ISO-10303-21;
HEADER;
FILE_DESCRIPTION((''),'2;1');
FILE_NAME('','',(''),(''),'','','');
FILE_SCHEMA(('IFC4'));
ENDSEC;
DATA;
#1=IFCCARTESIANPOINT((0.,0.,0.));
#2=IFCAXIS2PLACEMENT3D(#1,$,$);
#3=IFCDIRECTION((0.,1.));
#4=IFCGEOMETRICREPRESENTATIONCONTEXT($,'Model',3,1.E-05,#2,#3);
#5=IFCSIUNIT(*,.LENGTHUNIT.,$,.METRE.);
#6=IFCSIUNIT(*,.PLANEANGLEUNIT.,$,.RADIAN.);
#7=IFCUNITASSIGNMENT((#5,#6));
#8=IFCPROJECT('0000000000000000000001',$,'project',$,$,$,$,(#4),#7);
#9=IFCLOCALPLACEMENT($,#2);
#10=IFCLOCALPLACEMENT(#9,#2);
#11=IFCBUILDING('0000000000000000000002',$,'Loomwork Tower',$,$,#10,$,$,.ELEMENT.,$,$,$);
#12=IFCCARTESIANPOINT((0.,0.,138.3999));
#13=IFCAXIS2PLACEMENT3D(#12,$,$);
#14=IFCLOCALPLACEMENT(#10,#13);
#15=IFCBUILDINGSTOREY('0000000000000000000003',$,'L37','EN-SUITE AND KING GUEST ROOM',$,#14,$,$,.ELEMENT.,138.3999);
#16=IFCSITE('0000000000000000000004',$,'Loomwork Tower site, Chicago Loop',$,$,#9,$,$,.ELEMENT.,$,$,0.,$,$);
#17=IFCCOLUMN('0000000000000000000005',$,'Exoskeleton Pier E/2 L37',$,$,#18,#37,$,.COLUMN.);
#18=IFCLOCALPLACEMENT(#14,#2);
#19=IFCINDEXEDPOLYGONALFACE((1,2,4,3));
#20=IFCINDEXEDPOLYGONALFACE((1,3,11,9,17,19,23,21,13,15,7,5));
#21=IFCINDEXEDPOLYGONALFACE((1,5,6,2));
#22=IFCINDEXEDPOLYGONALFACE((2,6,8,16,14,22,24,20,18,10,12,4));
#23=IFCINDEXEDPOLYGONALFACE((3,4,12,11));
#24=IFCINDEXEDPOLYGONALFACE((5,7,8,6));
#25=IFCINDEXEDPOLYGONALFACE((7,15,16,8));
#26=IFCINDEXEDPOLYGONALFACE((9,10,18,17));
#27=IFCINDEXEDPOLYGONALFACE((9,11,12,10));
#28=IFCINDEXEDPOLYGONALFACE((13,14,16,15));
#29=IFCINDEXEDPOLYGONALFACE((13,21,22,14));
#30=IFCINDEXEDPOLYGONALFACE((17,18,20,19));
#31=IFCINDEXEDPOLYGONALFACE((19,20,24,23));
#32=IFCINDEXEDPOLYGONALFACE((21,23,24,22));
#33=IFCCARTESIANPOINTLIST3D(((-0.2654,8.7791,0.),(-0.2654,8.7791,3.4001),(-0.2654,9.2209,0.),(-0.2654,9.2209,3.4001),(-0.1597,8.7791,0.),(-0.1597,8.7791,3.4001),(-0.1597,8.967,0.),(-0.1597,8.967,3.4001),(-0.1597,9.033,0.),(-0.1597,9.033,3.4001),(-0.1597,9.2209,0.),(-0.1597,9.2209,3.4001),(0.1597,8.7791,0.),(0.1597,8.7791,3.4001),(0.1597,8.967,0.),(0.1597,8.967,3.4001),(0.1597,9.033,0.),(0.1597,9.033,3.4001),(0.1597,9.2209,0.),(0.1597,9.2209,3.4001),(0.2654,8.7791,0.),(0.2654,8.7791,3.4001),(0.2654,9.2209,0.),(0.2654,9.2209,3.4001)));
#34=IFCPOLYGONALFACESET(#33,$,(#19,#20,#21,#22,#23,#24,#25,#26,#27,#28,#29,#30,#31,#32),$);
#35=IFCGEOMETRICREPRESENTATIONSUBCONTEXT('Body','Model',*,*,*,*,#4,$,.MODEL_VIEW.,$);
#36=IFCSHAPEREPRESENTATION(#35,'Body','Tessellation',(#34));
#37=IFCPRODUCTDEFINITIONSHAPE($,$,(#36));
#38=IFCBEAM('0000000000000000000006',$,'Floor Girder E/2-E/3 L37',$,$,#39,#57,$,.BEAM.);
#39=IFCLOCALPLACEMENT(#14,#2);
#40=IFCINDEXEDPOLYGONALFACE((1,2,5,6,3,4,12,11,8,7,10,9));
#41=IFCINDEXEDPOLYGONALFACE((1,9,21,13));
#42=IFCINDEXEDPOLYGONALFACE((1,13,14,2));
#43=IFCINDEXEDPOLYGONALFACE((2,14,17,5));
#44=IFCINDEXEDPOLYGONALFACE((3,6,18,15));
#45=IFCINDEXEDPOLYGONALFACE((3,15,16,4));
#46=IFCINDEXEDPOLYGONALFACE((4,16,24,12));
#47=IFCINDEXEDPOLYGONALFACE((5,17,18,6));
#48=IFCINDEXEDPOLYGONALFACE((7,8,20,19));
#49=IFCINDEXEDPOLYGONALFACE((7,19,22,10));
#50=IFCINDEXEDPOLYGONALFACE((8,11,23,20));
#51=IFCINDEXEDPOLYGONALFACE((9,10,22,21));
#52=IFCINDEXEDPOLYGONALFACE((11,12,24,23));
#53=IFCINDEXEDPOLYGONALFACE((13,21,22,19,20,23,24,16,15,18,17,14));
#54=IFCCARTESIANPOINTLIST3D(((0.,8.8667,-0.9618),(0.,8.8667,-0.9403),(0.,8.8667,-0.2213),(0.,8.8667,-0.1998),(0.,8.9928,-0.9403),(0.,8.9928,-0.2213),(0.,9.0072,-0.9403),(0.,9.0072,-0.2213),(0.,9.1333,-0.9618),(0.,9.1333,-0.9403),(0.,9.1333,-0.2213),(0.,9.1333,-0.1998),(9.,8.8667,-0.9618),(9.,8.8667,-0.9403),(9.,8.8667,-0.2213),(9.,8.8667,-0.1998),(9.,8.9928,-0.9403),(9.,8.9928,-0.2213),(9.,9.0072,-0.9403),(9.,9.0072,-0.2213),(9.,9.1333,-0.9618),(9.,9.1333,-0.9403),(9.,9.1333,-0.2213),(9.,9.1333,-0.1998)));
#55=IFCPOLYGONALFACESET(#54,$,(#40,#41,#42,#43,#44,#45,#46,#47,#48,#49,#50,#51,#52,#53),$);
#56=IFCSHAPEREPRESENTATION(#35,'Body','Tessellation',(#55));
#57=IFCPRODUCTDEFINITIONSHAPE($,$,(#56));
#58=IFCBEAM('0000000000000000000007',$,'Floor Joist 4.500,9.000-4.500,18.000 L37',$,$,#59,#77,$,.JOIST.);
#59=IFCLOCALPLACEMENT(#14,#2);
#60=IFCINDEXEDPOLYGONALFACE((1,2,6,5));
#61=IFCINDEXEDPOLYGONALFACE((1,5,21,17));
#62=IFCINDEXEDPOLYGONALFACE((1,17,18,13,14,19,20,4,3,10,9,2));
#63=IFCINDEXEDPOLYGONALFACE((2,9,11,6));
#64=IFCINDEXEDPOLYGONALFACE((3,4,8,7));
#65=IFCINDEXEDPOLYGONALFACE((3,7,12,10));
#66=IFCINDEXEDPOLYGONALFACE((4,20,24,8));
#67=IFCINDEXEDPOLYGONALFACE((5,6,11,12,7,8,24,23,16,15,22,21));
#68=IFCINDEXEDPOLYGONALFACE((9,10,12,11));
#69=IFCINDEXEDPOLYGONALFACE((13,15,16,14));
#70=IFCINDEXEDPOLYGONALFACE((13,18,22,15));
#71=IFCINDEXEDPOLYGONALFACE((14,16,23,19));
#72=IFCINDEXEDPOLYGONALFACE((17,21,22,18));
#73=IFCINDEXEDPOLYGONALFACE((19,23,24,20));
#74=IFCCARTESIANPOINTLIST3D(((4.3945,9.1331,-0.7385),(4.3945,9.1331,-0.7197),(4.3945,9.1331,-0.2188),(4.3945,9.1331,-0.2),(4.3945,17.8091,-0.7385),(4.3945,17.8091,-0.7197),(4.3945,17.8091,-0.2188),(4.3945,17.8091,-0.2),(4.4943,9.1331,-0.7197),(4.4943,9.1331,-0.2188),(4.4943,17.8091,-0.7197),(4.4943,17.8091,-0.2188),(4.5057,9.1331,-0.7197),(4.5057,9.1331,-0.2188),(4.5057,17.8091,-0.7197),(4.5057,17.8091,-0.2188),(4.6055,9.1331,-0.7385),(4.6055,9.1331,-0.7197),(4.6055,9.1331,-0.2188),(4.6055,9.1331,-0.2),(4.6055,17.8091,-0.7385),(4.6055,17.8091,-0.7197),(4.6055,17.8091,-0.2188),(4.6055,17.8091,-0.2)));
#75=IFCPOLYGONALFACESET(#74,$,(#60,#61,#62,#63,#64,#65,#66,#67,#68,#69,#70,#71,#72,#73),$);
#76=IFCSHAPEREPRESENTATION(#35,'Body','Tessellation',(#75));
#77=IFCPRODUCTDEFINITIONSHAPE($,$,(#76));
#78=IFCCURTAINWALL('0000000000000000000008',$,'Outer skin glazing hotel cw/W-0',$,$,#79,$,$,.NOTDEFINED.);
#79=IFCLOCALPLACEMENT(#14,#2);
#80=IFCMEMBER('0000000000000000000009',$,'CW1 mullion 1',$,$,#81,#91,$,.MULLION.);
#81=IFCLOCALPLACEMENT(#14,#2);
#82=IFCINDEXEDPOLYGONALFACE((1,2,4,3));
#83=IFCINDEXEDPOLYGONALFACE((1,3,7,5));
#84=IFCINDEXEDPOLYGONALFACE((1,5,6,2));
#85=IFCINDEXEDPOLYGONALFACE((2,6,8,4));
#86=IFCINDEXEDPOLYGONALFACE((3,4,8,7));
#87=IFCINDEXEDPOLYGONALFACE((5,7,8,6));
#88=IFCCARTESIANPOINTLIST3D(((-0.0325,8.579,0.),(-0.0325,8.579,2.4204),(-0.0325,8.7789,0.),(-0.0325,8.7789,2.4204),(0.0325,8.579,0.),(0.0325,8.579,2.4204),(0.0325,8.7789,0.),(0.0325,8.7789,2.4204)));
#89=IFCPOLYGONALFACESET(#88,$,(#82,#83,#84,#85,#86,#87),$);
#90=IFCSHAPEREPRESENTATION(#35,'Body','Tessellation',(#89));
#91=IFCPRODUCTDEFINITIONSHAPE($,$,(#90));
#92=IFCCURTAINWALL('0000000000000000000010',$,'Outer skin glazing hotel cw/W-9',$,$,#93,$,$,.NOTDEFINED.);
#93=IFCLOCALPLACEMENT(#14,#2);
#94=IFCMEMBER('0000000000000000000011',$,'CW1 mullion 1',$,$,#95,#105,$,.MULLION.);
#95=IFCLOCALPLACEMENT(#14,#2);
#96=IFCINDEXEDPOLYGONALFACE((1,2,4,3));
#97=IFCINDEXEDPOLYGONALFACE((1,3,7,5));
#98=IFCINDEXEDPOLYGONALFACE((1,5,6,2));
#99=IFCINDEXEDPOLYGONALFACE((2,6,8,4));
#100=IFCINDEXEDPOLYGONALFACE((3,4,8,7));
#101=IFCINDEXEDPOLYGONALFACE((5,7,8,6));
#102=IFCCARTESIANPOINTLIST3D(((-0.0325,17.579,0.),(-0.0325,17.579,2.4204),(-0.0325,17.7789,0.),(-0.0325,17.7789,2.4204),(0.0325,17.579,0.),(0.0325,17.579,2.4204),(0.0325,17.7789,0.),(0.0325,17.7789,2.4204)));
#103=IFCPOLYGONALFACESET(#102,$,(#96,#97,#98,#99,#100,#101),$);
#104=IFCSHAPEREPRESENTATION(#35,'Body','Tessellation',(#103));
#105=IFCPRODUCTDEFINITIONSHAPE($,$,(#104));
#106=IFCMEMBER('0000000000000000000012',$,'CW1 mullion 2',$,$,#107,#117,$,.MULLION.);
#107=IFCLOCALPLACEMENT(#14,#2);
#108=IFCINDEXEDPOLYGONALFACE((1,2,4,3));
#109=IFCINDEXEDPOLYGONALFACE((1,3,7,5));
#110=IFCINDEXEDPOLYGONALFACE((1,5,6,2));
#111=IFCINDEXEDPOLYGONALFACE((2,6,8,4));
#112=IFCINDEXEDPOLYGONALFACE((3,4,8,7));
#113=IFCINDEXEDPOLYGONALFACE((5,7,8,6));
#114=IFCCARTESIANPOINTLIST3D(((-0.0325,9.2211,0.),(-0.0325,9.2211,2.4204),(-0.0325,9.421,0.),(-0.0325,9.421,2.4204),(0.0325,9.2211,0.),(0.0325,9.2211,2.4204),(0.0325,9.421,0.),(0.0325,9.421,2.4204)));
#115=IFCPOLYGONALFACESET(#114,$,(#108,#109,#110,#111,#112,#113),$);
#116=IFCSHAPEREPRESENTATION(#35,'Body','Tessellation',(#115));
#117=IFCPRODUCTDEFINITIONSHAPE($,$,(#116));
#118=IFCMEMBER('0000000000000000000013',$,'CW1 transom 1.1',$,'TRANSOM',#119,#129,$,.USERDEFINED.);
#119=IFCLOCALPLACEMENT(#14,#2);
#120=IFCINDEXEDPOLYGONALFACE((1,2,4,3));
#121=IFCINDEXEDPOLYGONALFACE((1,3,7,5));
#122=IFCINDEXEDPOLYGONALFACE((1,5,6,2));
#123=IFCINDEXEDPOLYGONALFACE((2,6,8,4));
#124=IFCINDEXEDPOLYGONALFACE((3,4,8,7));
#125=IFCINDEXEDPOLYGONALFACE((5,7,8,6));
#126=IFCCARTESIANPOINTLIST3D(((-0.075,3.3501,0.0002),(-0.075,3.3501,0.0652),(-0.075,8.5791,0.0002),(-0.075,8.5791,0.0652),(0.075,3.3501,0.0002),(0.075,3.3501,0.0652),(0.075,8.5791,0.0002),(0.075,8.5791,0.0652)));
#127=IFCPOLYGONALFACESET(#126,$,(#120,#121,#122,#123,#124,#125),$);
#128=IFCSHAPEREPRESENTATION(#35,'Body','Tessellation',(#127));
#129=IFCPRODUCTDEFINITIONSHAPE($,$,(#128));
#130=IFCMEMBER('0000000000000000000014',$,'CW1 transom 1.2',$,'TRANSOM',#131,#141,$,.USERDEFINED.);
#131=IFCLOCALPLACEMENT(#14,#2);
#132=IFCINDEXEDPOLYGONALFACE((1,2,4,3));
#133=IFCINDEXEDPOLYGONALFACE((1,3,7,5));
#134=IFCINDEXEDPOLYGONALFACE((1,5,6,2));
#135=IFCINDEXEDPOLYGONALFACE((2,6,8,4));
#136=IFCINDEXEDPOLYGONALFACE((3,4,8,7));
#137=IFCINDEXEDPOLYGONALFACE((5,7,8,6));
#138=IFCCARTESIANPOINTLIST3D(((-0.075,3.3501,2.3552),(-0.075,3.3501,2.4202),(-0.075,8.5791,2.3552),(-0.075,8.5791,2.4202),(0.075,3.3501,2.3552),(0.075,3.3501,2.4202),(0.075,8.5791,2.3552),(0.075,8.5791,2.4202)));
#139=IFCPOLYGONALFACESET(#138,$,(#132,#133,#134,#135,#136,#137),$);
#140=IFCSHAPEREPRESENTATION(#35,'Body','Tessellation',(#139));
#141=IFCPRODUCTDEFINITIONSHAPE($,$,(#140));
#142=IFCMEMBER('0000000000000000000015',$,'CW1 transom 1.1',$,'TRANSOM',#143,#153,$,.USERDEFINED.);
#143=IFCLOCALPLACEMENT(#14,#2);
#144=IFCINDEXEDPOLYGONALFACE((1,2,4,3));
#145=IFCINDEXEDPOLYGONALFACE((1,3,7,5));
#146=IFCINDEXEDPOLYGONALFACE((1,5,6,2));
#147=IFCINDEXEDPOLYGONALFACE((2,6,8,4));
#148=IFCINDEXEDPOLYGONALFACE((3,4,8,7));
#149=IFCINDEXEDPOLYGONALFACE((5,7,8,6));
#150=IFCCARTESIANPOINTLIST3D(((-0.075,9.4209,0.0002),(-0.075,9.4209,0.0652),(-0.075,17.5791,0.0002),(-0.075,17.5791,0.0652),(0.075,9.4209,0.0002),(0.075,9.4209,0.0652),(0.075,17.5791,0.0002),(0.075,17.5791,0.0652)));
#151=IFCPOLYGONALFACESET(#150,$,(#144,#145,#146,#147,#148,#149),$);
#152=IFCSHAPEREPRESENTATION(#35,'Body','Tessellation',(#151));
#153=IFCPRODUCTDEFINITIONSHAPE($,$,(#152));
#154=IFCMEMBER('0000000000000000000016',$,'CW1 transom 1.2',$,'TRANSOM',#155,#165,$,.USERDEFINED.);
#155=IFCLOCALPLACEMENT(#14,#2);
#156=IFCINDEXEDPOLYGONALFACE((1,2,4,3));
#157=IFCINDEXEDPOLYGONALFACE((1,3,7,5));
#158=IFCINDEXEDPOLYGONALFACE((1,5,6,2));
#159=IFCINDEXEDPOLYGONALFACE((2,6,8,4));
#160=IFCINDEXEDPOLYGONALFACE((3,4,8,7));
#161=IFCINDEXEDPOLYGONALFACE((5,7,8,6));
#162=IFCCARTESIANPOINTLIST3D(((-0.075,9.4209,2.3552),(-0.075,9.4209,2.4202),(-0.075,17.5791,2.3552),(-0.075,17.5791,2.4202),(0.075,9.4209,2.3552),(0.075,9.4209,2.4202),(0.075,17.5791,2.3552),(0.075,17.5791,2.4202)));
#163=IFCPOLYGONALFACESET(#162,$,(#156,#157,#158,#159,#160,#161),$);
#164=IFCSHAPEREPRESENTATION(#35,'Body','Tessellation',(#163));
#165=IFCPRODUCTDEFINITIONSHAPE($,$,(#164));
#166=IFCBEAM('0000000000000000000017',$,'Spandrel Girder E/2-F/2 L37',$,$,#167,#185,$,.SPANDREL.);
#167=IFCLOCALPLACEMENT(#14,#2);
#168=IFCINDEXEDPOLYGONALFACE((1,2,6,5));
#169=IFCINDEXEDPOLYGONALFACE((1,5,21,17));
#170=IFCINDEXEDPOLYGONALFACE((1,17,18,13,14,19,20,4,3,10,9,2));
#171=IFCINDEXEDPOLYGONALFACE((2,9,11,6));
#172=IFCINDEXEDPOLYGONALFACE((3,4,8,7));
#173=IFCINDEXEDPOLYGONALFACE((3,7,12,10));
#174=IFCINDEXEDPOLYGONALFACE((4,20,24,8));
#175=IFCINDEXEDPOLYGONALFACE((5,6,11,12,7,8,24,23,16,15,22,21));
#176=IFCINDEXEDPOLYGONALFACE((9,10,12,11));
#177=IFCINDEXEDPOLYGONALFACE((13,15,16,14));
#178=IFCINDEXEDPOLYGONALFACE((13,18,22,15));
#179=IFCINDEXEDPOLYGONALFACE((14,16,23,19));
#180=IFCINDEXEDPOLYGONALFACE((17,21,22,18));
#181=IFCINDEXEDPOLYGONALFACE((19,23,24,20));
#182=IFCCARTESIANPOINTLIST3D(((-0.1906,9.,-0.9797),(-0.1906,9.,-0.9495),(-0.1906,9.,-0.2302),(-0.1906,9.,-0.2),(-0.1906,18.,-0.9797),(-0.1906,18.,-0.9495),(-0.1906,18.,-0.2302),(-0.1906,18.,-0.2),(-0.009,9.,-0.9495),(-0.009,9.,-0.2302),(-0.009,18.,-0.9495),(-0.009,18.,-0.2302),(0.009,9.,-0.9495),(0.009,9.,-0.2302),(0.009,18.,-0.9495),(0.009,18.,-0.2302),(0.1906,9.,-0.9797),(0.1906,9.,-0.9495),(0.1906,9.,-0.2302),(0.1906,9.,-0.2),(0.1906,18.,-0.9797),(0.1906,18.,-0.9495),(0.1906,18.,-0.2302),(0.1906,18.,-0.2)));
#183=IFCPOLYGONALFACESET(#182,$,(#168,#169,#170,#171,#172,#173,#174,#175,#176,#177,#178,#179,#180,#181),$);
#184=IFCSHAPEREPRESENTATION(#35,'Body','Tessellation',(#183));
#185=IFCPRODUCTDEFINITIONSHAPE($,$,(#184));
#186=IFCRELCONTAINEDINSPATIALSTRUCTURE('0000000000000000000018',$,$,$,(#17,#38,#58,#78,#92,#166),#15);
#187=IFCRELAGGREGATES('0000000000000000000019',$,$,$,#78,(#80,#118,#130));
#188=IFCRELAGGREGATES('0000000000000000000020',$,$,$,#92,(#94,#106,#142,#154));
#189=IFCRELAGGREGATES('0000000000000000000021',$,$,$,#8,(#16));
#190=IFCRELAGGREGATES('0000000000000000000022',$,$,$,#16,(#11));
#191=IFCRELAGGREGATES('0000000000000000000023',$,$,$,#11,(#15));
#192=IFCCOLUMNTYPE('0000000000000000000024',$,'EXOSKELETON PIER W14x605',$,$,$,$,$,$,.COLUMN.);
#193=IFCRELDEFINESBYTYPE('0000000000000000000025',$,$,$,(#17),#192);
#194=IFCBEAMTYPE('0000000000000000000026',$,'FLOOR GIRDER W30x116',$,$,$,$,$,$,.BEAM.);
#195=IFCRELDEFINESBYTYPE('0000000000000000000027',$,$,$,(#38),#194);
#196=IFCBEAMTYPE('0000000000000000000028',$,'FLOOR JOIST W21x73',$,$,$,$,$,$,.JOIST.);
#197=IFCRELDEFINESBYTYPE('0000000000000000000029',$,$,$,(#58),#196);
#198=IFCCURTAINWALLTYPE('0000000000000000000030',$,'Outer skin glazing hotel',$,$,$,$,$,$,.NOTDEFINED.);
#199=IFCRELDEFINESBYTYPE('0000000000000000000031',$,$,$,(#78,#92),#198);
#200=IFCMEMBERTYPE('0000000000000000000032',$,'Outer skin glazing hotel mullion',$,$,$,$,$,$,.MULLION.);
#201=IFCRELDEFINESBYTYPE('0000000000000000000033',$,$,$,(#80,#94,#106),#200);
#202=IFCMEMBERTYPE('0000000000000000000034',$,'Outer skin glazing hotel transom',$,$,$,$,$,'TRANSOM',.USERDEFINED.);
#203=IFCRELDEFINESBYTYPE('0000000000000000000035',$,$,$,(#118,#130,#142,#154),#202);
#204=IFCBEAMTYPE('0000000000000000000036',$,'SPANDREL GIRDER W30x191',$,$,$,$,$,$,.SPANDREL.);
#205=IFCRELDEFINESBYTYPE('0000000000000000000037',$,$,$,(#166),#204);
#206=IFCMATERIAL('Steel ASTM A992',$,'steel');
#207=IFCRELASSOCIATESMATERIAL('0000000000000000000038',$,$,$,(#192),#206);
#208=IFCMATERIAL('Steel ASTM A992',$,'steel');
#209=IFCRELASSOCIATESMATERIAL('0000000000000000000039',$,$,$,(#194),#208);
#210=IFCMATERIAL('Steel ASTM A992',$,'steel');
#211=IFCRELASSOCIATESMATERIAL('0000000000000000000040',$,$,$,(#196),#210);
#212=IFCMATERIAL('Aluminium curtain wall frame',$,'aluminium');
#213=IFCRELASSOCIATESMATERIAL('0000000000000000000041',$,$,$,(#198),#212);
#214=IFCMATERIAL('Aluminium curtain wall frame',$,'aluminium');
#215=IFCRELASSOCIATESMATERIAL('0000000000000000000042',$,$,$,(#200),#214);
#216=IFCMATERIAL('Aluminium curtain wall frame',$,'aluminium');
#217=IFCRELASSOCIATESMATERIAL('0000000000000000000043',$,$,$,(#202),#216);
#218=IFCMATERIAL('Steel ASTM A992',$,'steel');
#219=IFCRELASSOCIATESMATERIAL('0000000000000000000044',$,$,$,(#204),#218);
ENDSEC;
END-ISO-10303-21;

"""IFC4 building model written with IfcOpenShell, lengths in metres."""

from ifc_helpers import new_model, si_unit, direction, frame, origin, origin_2d, place, context, subcontext, project, spatial, rectangle, i_section, extrude, material, material_profile, profile_set, type_object, element, aggregate, save


model = new_model("IFC4")

# Units and contexts
model_context = context("Model", 3, precision=1e-05, world=origin(), true_north=direction((0.0, 1.0)))
body_context = subcontext(model_context, "Body", "Model", "MODEL_VIEW")
ifc_project = project(units=[si_unit("LENGTHUNIT", "METRE"), si_unit("PLANEANGLEUNIT", "RADIAN")], contexts=[model_context])

# Site, building, storey
site_placement = place(None, origin())
site = spatial("IfcSite", under=ifc_project, at=site_placement, Name="Loomwork Tower site, Chicago Loop", CompositionType="ELEMENT", RefElevation=0.0)
building_placement = place(site_placement, origin())
building = spatial("IfcBuilding", under=site, at=building_placement, Name="Loomwork Tower", CompositionType="ELEMENT")
storey_placement = place(building_placement, frame((0.0, 0.0, 138.3999)))
storey = spatial("IfcBuildingStorey", under=building, at=storey_placement, Name="L37", Description="EN-SUITE AND KING GUEST ROOM", CompositionType="ELEMENT", Elevation=138.3999)

# Column
ifc_material_1 = material(Name="Steel ASTM A992", Category="steel")
ifc_material_profile_1 = material_profile(ifc_material_1, i_section(OverallWidth=0.4419, OverallDepth=0.5308, WebThickness=0.0659, FlangeThickness=0.1057, at=origin_2d()), Name="W14x605")
ifc_profile_set_1 = profile_set([ifc_material_profile_1], Name="Steel ASTM A992")
column_type = type_object("IfcColumnType", Name="EXOSKELETON PIER W14x605", PredefinedType="COLUMN", material=ifc_profile_set_1)
column_placement = place(storey_placement, frame((0.0, 9.0, 0.0), z_axis=(0.0, 0.0, 1.0), x_axis=(0.0, 1.0, 0.0)))
element("IfcColumn", 1, at=column_placement, inside=storey, type_object=column_type, Name="Exoskeleton Pier E/2 L37", PredefinedType="COLUMN", context=body_context, shape_type="SweptSolid", body=[
    extrude(i_section(OverallWidth=0.4419, OverallDepth=0.5308, WebThickness=0.0659, FlangeThickness=0.1057, at=origin_2d()), origin(), (0.0, 0.0, 1.0), 3.4001),
])

# Beams
ifc_material_2 = material(Name="Steel ASTM A992", Category="steel")
ifc_material_profile_2 = material_profile(ifc_material_2, i_section(OverallWidth=0.2666, OverallDepth=0.762, WebThickness=0.0144, FlangeThickness=0.0215, at=origin_2d()), Name="W30x116")
ifc_profile_set_2 = profile_set([ifc_material_profile_2], Name="Steel ASTM A992")
beam_type_1 = type_object("IfcBeamType", Name="FLOOR GIRDER W30x116", PredefinedType="BEAM", material=ifc_profile_set_2)
beam_1_placement = place(storey_placement, frame((0.0, 9.0, -0.5808), z_axis=(1.0, 0.0, 0.0), x_axis=(0.0, 1.0, 0.0)))
element("IfcBeam", 2, at=beam_1_placement, inside=storey, type_object=beam_type_1, Name="Floor Girder E/2-E/3 L37", PredefinedType="BEAM", context=body_context, shape_type="SweptSolid", body=[
    extrude(i_section(OverallWidth=0.2666, OverallDepth=0.762, WebThickness=0.0144, FlangeThickness=0.0215, at=origin_2d()), origin(), (0.0, 0.0, 1.0), 9.0),
])
ifc_material_3 = material(Name="Steel ASTM A992", Category="steel")
ifc_material_profile_3 = material_profile(ifc_material_3, i_section(OverallWidth=0.2109, OverallDepth=0.5386, WebThickness=0.0115, FlangeThickness=0.0188, at=origin_2d()), Name="W21x73")
ifc_profile_set_3 = profile_set([ifc_material_profile_3], Name="Steel ASTM A992")
beam_type_2 = type_object("IfcBeamType", Name="FLOOR JOIST W21x73", PredefinedType="JOIST", material=ifc_profile_set_3)
beam_2_placement = place(storey_placement, frame((4.5, 9.1331, -0.4692), z_axis=(0.0, 1.0, 0.0), x_axis=(-1.0, 0.0, 0.0)))
element("IfcBeam", 3, at=beam_2_placement, inside=storey, type_object=beam_type_2, Name="Floor Joist 4.500,9.000-4.500,18.000 L37", PredefinedType="JOIST", context=body_context, shape_type="SweptSolid", body=[
    extrude(i_section(OverallWidth=0.2109, OverallDepth=0.5386, WebThickness=0.0115, FlangeThickness=0.0188, at=origin_2d()), origin(), (0.0, 0.0, 1.0), 8.676),
])

# Curtain wall, member
ifc_material_4 = material(Name="Aluminium curtain wall frame", Category="aluminium")
curtain_wall_type = type_object("IfcCurtainWallType", Name="Outer skin glazing hotel", PredefinedType="NOTDEFINED", material=ifc_material_4)
curtain_wall_1_placement = place(storey_placement, origin())
curtain_wall_1 = element("IfcCurtainWall", 4, at=curtain_wall_1_placement, inside=storey, type_object=curtain_wall_type, Name="Outer skin glazing hotel cw/W-0", PredefinedType="NOTDEFINED")
ifc_material_5 = material(Name="Aluminium curtain wall frame", Category="aluminium")
ifc_material_profile_4 = material_profile(ifc_material_5, rectangle(XDim=0.0649, YDim=0.2, at=origin_2d()), Name="AL 65x200")
ifc_profile_set_4 = profile_set([ifc_material_profile_4], Name="Aluminium curtain wall frame")
member_type_1 = type_object("IfcMemberType", Name="Outer skin glazing hotel mullion", PredefinedType="MULLION", material=ifc_profile_set_4)
member_1_placement = place(storey_placement, frame((0.0, 8.679, 0.0), z_axis=(0.0, 0.0, 1.0), x_axis=(1.0, 0.0, 0.0)))
member_1 = element("IfcMember", 5, at=member_1_placement, type_object=member_type_1, Name="CW1 mullion 1", PredefinedType="MULLION", context=body_context, shape_type="SweptSolid", body=[
    extrude(rectangle(XDim=0.0649, YDim=0.2, at=origin_2d()), origin(), (0.0, 0.0, 1.0), 2.4204),
])

# Curtain wall, members
curtain_wall_2_placement = place(storey_placement, origin())
curtain_wall_2 = element("IfcCurtainWall", 6, at=curtain_wall_2_placement, inside=storey, type_object=curtain_wall_type, Name="Outer skin glazing hotel cw/W-9", PredefinedType="NOTDEFINED")
member_2_placement = place(storey_placement, frame((0.0, 17.679, 0.0), z_axis=(0.0, 0.0, 1.0), x_axis=(1.0, 0.0, 0.0)))
member_2 = element("IfcMember", 7, at=member_2_placement, type_object=member_type_1, Name="CW1 mullion 1", PredefinedType="MULLION", context=body_context, shape_type="SweptSolid", body=[
    extrude(rectangle(XDim=0.0649, YDim=0.2, at=origin_2d()), origin(), (0.0, 0.0, 1.0), 2.4204),
])
member_3_placement = place(storey_placement, frame((0.0, 9.321, 0.0), z_axis=(0.0, 0.0, 1.0), x_axis=(1.0, 0.0, 0.0)))
member_3 = element("IfcMember", 8, at=member_3_placement, type_object=member_type_1, Name="CW1 mullion 2", PredefinedType="MULLION", context=body_context, shape_type="SweptSolid", body=[
    extrude(rectangle(XDim=0.0649, YDim=0.2, at=origin_2d()), origin(), (0.0, 0.0, 1.0), 2.4204),
])

# Members
ifc_material_6 = material(Name="Aluminium curtain wall frame", Category="aluminium")
ifc_material_profile_5 = material_profile(ifc_material_6, rectangle(XDim=0.1499, YDim=0.0649, at=origin_2d()), Name="AL 65x150")
ifc_profile_set_5 = profile_set([ifc_material_profile_5], Name="Aluminium curtain wall frame")
member_type_2 = type_object("IfcMemberType", Name="Outer skin glazing hotel transom", ElementType="TRANSOM", PredefinedType="USERDEFINED", material=ifc_profile_set_5)
member_4_placement = place(storey_placement, frame((0.0, 8.5791, 0.0327), z_axis=(0.0, -1.0, 0.0), x_axis=(1.0, 0.0, 0.0)))
member_4 = element("IfcMember", 9, at=member_4_placement, type_object=member_type_2, Name="CW1 transom 1.1", ObjectType="TRANSOM", PredefinedType="USERDEFINED", context=body_context, shape_type="SweptSolid", body=[
    extrude(rectangle(XDim=0.1499, YDim=0.0649, at=origin_2d()), origin(), (0.0, 0.0, 1.0), 5.229),
])
member_5_placement = place(storey_placement, frame((0.0, 8.5791, 2.3877), z_axis=(0.0, -1.0, 0.0), x_axis=(1.0, 0.0, 0.0)))
member_5 = element("IfcMember", 10, at=member_5_placement, type_object=member_type_2, Name="CW1 transom 1.2", ObjectType="TRANSOM", PredefinedType="USERDEFINED", context=body_context, shape_type="SweptSolid", body=[
    extrude(rectangle(XDim=0.1499, YDim=0.0649, at=origin_2d()), origin(), (0.0, 0.0, 1.0), 5.229),
])
member_6_placement = place(storey_placement, frame((0.0, 17.5791, 0.0327), z_axis=(0.0, -1.0, 0.0), x_axis=(1.0, 0.0, 0.0)))
member_6 = element("IfcMember", 11, at=member_6_placement, type_object=member_type_2, Name="CW1 transom 1.1", ObjectType="TRANSOM", PredefinedType="USERDEFINED", context=body_context, shape_type="SweptSolid", body=[
    extrude(rectangle(XDim=0.1499, YDim=0.0649, at=origin_2d()), origin(), (0.0, 0.0, 1.0), 8.1582),
])
member_7_placement = place(storey_placement, frame((0.0, 17.5791, 2.3877), z_axis=(0.0, -1.0, 0.0), x_axis=(1.0, 0.0, 0.0)))
member_7 = element("IfcMember", 12, at=member_7_placement, type_object=member_type_2, Name="CW1 transom 1.2", ObjectType="TRANSOM", PredefinedType="USERDEFINED", context=body_context, shape_type="SweptSolid", body=[
    extrude(rectangle(XDim=0.1499, YDim=0.0649, at=origin_2d()), origin(), (0.0, 0.0, 1.0), 8.1582),
])

# Beam
ifc_material_7 = material(Name="Steel ASTM A992", Category="steel")
ifc_material_profile_6 = material_profile(ifc_material_7, i_section(OverallWidth=0.3811, OverallDepth=0.7798, WebThickness=0.0181, FlangeThickness=0.0303, at=origin_2d()), Name="W30x191")
ifc_profile_set_6 = profile_set([ifc_material_profile_6], Name="Steel ASTM A992")
beam_type_3 = type_object("IfcBeamType", Name="SPANDREL GIRDER W30x191", PredefinedType="SPANDREL", material=ifc_profile_set_6)
beam_3_placement = place(storey_placement, frame((0.0, 9.0, -0.5898), z_axis=(0.0, 1.0, 0.0), x_axis=(-1.0, 0.0, 0.0)))
element("IfcBeam", 13, at=beam_3_placement, inside=storey, type_object=beam_type_3, Name="Spandrel Girder E/2-F/2 L37", PredefinedType="SPANDREL", context=body_context, shape_type="SweptSolid", body=[
    extrude(i_section(OverallWidth=0.3811, OverallDepth=0.7798, WebThickness=0.0181, FlangeThickness=0.0303, at=origin_2d()), origin(), (0.0, 0.0, 1.0), 9.0),
])

aggregate(curtain_wall_1, [member_1, member_4, member_5])
aggregate(curtain_wall_2, [member_2, member_3, member_6, member_7])

save(model, "model.ifc")
